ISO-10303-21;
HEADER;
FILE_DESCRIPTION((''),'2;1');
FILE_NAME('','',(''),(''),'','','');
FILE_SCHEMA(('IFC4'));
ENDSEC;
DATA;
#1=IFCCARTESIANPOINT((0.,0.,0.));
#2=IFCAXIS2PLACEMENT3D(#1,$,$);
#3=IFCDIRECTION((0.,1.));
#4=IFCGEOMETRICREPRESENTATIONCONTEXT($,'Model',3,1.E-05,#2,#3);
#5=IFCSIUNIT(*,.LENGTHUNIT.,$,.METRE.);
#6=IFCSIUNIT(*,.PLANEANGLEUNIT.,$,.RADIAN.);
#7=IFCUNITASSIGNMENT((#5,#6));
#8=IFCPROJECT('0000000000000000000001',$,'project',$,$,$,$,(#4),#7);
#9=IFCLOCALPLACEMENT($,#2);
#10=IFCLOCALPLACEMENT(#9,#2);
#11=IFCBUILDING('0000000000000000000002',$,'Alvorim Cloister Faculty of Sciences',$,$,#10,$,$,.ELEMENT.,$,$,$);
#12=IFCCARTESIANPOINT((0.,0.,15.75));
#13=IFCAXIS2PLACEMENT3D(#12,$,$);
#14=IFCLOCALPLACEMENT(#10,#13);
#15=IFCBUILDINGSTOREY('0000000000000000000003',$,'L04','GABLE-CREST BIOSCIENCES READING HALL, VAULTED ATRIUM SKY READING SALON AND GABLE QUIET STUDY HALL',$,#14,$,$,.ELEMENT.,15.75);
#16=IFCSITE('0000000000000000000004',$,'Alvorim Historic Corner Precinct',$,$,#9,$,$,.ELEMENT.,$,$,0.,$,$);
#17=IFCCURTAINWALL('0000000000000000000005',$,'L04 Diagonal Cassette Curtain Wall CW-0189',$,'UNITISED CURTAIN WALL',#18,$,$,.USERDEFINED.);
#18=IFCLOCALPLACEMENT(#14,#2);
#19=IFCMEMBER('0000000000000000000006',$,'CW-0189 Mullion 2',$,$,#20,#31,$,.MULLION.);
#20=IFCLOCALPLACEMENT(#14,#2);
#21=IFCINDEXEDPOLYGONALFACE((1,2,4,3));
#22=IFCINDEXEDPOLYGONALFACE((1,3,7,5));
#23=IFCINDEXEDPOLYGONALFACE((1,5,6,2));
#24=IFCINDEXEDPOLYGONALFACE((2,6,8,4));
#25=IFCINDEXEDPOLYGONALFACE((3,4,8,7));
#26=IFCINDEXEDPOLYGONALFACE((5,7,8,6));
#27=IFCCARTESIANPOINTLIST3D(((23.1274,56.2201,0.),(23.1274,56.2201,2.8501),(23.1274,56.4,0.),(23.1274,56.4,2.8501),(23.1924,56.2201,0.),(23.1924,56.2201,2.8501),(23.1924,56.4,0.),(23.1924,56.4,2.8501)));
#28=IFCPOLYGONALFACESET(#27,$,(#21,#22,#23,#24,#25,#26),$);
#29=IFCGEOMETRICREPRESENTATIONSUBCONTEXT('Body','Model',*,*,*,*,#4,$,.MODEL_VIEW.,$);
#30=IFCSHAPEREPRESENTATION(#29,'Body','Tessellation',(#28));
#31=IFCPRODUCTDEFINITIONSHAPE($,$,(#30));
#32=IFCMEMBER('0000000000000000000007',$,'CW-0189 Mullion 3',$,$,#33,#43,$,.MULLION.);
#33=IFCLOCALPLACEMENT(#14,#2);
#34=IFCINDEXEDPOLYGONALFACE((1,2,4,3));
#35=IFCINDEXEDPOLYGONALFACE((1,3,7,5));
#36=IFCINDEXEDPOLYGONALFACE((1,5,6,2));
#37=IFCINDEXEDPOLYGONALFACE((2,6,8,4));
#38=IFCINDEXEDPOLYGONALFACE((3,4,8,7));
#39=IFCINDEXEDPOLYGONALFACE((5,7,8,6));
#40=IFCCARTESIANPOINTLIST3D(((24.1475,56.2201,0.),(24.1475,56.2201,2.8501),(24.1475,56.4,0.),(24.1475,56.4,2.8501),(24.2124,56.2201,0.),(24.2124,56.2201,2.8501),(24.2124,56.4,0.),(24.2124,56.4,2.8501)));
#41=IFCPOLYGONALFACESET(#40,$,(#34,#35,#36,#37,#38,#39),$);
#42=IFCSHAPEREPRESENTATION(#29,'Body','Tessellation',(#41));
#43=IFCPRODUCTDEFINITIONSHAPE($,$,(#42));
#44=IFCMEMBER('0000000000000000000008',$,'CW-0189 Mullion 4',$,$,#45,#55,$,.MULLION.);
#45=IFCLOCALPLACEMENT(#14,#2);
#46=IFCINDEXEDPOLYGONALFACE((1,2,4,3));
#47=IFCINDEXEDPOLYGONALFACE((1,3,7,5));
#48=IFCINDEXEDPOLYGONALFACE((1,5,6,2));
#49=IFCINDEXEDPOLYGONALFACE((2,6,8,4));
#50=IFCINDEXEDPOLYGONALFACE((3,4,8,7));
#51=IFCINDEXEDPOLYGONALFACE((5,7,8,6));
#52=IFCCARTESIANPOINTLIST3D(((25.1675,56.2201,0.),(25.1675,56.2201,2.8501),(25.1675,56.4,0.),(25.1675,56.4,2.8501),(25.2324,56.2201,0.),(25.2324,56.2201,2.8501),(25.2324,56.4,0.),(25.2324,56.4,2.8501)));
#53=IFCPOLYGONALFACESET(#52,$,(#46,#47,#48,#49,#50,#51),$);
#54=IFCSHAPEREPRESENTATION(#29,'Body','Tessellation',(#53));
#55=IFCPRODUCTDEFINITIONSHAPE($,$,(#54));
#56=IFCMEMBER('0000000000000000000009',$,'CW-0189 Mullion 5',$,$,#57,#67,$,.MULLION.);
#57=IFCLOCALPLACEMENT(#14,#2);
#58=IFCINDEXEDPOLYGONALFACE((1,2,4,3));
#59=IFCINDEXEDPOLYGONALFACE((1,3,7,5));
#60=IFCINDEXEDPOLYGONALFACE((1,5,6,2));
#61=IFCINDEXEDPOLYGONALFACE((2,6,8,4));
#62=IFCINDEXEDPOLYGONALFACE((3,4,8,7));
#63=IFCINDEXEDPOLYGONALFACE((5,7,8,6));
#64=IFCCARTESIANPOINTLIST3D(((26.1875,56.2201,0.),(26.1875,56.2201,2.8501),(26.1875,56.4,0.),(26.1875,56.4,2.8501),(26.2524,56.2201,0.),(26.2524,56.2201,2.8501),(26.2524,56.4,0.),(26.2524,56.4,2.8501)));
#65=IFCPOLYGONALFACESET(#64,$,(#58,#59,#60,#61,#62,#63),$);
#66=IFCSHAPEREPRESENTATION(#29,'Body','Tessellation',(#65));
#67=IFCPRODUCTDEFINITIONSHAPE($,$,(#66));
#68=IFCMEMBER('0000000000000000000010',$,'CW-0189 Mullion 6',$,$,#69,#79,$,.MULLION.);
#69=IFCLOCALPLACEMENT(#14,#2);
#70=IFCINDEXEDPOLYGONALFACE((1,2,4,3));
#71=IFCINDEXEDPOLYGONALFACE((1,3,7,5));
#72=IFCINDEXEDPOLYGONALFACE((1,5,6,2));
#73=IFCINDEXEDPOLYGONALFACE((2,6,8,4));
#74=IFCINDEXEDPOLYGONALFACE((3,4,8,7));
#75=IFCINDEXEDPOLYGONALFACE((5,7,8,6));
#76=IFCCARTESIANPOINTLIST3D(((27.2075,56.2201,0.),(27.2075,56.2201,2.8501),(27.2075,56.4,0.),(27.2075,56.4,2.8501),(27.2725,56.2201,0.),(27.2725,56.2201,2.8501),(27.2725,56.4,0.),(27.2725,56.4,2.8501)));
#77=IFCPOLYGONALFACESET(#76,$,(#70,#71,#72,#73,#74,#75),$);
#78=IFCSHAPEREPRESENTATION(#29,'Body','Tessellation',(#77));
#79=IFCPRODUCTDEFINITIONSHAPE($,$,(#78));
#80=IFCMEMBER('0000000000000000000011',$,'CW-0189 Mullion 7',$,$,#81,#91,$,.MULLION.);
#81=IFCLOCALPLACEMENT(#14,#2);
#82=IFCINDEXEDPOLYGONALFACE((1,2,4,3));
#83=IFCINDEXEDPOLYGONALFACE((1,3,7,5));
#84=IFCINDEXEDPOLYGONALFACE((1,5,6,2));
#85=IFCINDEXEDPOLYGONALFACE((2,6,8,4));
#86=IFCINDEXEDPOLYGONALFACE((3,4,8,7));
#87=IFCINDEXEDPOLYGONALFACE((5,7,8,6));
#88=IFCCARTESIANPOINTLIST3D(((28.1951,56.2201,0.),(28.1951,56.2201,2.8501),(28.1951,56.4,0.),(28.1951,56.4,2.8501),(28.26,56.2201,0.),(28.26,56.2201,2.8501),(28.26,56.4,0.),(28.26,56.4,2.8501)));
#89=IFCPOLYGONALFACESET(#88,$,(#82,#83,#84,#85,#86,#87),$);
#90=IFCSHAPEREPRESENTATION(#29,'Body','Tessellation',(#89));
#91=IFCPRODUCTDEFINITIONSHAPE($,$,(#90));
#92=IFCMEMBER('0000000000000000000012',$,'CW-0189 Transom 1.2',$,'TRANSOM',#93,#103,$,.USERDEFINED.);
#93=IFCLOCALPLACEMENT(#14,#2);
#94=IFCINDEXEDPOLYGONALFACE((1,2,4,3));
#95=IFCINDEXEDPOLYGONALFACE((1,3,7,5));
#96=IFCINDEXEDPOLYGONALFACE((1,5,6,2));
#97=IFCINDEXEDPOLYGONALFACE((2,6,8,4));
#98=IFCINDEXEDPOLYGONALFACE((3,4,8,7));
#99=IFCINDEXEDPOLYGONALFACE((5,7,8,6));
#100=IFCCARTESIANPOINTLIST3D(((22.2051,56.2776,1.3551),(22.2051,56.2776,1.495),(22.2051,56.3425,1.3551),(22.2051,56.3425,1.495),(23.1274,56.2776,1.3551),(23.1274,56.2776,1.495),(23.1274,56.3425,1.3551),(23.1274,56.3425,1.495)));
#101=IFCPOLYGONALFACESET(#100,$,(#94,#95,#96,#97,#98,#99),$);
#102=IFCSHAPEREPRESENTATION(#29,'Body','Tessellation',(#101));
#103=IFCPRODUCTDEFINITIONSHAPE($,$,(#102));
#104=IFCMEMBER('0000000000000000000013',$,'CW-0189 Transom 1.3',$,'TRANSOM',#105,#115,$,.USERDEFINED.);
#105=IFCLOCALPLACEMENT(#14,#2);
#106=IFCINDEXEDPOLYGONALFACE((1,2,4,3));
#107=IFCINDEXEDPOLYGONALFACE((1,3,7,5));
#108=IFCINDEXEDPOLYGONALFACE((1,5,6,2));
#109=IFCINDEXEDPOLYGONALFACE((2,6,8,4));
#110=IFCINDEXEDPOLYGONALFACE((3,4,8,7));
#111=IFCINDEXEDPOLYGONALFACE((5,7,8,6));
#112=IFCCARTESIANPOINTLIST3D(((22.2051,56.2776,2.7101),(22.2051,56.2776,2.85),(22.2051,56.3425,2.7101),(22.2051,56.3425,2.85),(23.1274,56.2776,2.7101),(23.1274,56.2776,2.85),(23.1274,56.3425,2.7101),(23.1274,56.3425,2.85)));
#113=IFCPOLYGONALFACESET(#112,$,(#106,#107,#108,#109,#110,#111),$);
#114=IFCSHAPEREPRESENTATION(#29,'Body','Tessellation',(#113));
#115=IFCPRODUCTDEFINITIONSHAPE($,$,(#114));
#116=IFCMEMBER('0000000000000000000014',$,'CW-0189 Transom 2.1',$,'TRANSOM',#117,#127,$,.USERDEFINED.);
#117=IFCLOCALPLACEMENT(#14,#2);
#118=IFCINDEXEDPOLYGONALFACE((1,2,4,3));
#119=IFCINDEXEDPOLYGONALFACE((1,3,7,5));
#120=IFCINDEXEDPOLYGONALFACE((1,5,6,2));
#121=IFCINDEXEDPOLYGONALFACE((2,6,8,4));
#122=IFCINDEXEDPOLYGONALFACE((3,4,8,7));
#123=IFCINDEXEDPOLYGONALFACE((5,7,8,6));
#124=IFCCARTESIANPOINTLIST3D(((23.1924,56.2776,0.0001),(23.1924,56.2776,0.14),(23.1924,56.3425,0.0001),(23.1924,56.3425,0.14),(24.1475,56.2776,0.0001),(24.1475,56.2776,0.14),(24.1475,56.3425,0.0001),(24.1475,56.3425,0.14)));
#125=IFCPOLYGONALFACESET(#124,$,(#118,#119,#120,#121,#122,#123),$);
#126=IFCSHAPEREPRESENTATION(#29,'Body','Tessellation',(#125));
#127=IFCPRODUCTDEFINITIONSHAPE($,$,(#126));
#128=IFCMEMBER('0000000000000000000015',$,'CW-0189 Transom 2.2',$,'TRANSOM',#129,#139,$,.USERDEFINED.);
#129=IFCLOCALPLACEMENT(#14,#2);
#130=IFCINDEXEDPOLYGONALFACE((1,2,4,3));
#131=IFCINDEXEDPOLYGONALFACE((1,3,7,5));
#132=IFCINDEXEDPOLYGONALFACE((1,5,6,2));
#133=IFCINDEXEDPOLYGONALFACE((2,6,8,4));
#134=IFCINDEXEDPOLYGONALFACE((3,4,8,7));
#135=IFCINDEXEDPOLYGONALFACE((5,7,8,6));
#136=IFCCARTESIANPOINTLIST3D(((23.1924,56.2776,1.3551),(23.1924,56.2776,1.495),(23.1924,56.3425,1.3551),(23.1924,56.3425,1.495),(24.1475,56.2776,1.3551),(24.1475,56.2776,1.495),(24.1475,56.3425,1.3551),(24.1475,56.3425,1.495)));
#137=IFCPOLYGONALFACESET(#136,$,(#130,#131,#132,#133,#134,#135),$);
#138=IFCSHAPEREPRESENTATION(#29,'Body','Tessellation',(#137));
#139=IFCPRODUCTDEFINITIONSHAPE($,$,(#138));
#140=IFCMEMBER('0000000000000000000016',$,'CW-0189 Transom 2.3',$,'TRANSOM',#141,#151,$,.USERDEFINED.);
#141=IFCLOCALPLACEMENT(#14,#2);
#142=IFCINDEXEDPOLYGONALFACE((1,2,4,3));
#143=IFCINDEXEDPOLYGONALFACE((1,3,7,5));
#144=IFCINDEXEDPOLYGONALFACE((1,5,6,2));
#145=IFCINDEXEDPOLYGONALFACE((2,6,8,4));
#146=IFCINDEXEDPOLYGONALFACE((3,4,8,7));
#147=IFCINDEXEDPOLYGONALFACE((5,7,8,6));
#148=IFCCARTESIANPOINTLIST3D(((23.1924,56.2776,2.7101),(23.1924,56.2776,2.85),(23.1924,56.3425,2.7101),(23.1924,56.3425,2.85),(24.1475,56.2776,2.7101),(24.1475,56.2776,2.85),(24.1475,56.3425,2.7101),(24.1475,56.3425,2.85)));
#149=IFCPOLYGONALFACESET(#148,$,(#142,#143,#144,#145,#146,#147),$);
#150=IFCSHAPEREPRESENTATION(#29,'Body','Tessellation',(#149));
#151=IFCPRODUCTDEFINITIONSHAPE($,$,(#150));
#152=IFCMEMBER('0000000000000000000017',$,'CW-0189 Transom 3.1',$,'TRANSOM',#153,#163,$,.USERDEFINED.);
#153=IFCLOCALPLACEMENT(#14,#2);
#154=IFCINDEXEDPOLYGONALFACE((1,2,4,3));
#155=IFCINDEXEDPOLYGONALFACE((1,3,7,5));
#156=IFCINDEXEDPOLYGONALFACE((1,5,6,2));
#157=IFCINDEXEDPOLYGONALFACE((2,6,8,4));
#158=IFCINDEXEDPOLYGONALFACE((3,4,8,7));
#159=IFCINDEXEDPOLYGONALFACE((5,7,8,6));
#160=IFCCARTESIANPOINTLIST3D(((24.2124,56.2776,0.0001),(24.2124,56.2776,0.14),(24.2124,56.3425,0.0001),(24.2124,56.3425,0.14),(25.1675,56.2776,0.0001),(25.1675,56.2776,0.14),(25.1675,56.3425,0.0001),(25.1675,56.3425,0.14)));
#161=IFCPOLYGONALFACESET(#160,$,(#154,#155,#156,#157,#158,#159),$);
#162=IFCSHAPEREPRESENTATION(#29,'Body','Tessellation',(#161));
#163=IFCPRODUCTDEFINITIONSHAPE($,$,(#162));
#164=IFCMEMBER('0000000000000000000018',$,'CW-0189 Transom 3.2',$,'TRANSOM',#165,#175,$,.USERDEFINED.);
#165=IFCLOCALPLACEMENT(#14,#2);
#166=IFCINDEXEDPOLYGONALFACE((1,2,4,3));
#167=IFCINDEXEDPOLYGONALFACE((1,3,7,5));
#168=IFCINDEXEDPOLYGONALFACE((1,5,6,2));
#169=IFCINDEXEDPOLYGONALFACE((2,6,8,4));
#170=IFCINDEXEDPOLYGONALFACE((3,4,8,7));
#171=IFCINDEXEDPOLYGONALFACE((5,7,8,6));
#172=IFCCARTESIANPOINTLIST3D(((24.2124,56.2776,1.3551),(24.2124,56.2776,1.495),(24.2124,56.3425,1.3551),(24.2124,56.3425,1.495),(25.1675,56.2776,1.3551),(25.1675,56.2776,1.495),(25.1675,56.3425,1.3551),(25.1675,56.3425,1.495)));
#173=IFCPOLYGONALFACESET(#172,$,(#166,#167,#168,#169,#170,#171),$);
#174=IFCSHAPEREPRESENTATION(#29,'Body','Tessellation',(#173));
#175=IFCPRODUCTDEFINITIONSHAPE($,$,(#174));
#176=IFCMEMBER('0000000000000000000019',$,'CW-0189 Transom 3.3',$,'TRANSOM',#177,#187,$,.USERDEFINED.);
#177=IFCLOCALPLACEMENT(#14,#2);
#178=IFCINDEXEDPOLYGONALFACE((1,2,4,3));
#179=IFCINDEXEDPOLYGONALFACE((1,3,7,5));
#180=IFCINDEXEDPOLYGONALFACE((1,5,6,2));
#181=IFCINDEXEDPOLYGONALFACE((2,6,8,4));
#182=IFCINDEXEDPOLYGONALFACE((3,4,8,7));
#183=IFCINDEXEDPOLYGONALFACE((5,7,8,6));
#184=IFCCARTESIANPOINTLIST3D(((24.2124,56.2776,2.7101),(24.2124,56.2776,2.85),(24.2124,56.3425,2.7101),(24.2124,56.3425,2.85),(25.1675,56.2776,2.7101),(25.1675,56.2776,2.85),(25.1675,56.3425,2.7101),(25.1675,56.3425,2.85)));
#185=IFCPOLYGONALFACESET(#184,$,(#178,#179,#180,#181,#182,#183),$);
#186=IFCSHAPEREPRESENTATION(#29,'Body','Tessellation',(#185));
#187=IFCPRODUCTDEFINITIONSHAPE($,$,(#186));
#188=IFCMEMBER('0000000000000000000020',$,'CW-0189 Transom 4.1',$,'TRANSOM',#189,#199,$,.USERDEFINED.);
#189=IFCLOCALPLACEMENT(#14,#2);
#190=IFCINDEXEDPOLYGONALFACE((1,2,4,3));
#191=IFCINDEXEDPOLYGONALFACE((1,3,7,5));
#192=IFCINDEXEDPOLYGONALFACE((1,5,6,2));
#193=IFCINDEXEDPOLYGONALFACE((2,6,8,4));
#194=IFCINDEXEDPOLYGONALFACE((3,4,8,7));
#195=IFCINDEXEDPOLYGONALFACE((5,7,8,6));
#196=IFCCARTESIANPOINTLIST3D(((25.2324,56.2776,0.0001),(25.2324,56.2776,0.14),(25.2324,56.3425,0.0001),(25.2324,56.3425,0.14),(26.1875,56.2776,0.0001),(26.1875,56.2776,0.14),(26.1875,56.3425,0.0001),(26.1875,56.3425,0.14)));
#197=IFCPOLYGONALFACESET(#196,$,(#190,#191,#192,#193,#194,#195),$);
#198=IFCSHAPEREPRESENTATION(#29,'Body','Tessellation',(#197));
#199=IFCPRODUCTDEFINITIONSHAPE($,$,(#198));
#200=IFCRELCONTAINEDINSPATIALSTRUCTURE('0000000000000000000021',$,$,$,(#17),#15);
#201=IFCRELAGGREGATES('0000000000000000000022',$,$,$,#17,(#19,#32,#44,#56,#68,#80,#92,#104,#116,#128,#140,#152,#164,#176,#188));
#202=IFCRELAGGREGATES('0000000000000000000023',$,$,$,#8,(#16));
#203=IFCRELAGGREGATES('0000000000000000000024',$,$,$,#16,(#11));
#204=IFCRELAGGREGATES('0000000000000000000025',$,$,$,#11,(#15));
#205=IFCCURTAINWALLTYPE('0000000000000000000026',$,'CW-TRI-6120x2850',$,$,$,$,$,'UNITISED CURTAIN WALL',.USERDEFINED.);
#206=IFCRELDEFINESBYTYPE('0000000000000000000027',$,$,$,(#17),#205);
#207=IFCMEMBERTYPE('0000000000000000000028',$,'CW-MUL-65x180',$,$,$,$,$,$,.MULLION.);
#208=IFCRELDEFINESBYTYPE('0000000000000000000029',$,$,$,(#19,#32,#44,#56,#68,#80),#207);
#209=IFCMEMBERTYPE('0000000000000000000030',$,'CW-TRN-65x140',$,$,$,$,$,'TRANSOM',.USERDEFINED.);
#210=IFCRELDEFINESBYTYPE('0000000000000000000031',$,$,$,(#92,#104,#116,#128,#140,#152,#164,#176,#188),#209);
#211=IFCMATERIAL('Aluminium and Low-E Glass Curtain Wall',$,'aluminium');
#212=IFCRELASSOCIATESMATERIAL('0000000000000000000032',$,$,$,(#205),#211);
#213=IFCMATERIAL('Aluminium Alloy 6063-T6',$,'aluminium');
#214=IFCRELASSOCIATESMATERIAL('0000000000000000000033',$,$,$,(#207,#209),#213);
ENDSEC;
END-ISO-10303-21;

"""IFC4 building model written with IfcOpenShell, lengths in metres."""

from ifc_helpers import new_model, si_unit, direction, frame, origin, origin_2d, place, context, subcontext, project, spatial, rectangle, extrude, material, material_profile, profile_set, type_object, element, aggregate, save


model = new_model("IFC4")

# Units and contexts
model_context = context("Model", 3, precision=1e-05, world=origin(), true_north=direction((0.0, 1.0)))
body_context = subcontext(model_context, "Body", "Model", "MODEL_VIEW")
ifc_project = project(units=[si_unit("LENGTHUNIT", "METRE"), si_unit("PLANEANGLEUNIT", "RADIAN")], contexts=[model_context])

# Site, building, storey
site_placement = place(None, origin())
site = spatial("IfcSite", under=ifc_project, at=site_placement, Name="Alvorim Historic Corner Precinct", CompositionType="ELEMENT", RefElevation=0.0)
building_placement = place(site_placement, origin())
building = spatial("IfcBuilding", under=site, at=building_placement, Name="Alvorim Cloister Faculty of Sciences", CompositionType="ELEMENT")
storey_placement = place(building_placement, frame((0.0, 0.0, 15.75)))
storey = spatial("IfcBuildingStorey", under=building, at=storey_placement, Name="L04", Description="GABLE-CREST BIOSCIENCES READING HALL, VAULTED ATRIUM SKY READING SALON AND GABLE QUIET STUDY HALL", CompositionType="ELEMENT", Elevation=15.75)

# Curtain wall, members
ifc_material_1 = material(Name="Aluminium and Low-E Glass Curtain Wall", Category="aluminium")
curtain_wall_type = type_object("IfcCurtainWallType", Name="CW-TRI-6120x2850", ElementType="UNITISED CURTAIN WALL", PredefinedType="USERDEFINED", material=ifc_material_1)
curtain_wall_placement = place(storey_placement, origin())
curtain_wall = element("IfcCurtainWall", 1, at=curtain_wall_placement, inside=storey, type_object=curtain_wall_type, Name="L04 Diagonal Cassette Curtain Wall CW-0189", ObjectType="UNITISED CURTAIN WALL", PredefinedType="USERDEFINED")
ifc_material_2 = material(Name="Aluminium Alloy 6063-T6", Category="aluminium")
ifc_material_profile_1 = material_profile(ifc_material_2, rectangle(XDim=0.0649, YDim=0.1799, at=origin_2d()), Name="ALU-MUL-65x180")
ifc_profile_set_1 = profile_set([ifc_material_profile_1], Name="Aluminium Alloy 6063-T6")
member_type_1 = type_object("IfcMemberType", Name="CW-MUL-65x180", PredefinedType="MULLION", material=ifc_profile_set_1)
member_1_placement = place(storey_placement, frame((23.1599, 56.3101, 0.0), z_axis=(0.0, 0.0, 1.0), x_axis=(1.0, 0.0, 0.0)))
member_1 = element("IfcMember", 2, at=member_1_placement, type_object=member_type_1, Name="CW-0189 Mullion 2", PredefinedType="MULLION", context=body_context, shape_type="SweptSolid", body=[
    extrude(rectangle(XDim=0.0649, YDim=0.1799, at=origin_2d()), origin(), (0.0, 0.0, 1.0), 2.8501),
])
member_2_placement = place(storey_placement, frame((24.1799, 56.3101, 0.0), z_axis=(0.0, 0.0, 1.0), x_axis=(1.0, 0.0, 0.0)))
member_2 = element("IfcMember", 3, at=member_2_placement, type_object=member_type_1, Name="CW-0189 Mullion 3", PredefinedType="MULLION", context=body_context, shape_type="SweptSolid", body=[
    extrude(rectangle(XDim=0.0649, YDim=0.1799, at=origin_2d()), origin(), (0.0, 0.0, 1.0), 2.8501),
])
member_3_placement = place(storey_placement, frame((25.2, 56.3101, 0.0), z_axis=(0.0, 0.0, 1.0), x_axis=(1.0, 0.0, 0.0)))
member_3 = element("IfcMember", 4, at=member_3_placement, type_object=member_type_1, Name="CW-0189 Mullion 4", PredefinedType="MULLION", context=body_context, shape_type="SweptSolid", body=[
    extrude(rectangle(XDim=0.0649, YDim=0.1799, at=origin_2d()), origin(), (0.0, 0.0, 1.0), 2.8501),
])
member_4_placement = place(storey_placement, frame((26.22, 56.3101, 0.0), z_axis=(0.0, 0.0, 1.0), x_axis=(1.0, 0.0, 0.0)))
member_4 = element("IfcMember", 5, at=member_4_placement, type_object=member_type_1, Name="CW-0189 Mullion 5", PredefinedType="MULLION", context=body_context, shape_type="SweptSolid", body=[
    extrude(rectangle(XDim=0.0649, YDim=0.1799, at=origin_2d()), origin(), (0.0, 0.0, 1.0), 2.8501),
])
member_5_placement = place(storey_placement, frame((27.24, 56.3101, 0.0), z_axis=(0.0, 0.0, 1.0), x_axis=(1.0, 0.0, 0.0)))
member_5 = element("IfcMember", 6, at=member_5_placement, type_object=member_type_1, Name="CW-0189 Mullion 6", PredefinedType="MULLION", context=body_context, shape_type="SweptSolid", body=[
    extrude(rectangle(XDim=0.0649, YDim=0.1799, at=origin_2d()), origin(), (0.0, 0.0, 1.0), 2.8501),
])
member_6_placement = place(storey_placement, frame((28.2275, 56.3101, 0.0), z_axis=(0.0, 0.0, 1.0), x_axis=(1.0, 0.0, 0.0)))
member_6 = element("IfcMember", 7, at=member_6_placement, type_object=member_type_1, Name="CW-0189 Mullion 7", PredefinedType="MULLION", context=body_context, shape_type="SweptSolid", body=[
    extrude(rectangle(XDim=0.0649, YDim=0.1799, at=origin_2d()), origin(), (0.0, 0.0, 1.0), 2.8501),
])
ifc_material_profile_2 = material_profile(ifc_material_2, rectangle(XDim=0.0649, YDim=0.1399, at=origin_2d()), Name="ALU-TRN-65x140")
ifc_profile_set_2 = profile_set([ifc_material_profile_2], Name="Aluminium Alloy 6063-T6")
member_type_2 = type_object("IfcMemberType", Name="CW-TRN-65x140", ElementType="TRANSOM", PredefinedType="USERDEFINED", material=ifc_profile_set_2)
member_7_placement = place(storey_placement, frame((22.2051, 56.3101, 1.425), z_axis=(1.0, 0.0, 0.0), x_axis=(0.0, 1.0, 0.0)))
member_7 = element("IfcMember", 8, at=member_7_placement, type_object=member_type_2, Name="CW-0189 Transom 1.2", ObjectType="TRANSOM", PredefinedType="USERDEFINED", context=body_context, shape_type="SweptSolid", body=[
    extrude(rectangle(XDim=0.0649, YDim=0.1399, at=origin_2d()), origin(), (0.0, 0.0, 1.0), 0.9224),
])
member_8_placement = place(storey_placement, frame((22.2051, 56.3101, 2.78), z_axis=(1.0, 0.0, 0.0), x_axis=(0.0, 1.0, 0.0)))
member_8 = element("IfcMember", 9, at=member_8_placement, type_object=member_type_2, Name="CW-0189 Transom 1.3", ObjectType="TRANSOM", PredefinedType="USERDEFINED", context=body_context, shape_type="SweptSolid", body=[
    extrude(rectangle(XDim=0.0649, YDim=0.1399, at=origin_2d()), origin(), (0.0, 0.0, 1.0), 0.9224),
])
member_9_placement = place(storey_placement, frame((23.1924, 56.3101, 0.0701), z_axis=(1.0, 0.0, 0.0), x_axis=(0.0, 1.0, 0.0)))
member_9 = element("IfcMember", 10, at=member_9_placement, type_object=member_type_2, Name="CW-0189 Transom 2.1", ObjectType="TRANSOM", PredefinedType="USERDEFINED", context=body_context, shape_type="SweptSolid", body=[
    extrude(rectangle(XDim=0.0649, YDim=0.1399, at=origin_2d()), origin(), (0.0, 0.0, 1.0), 0.9551),
])
member_10_placement = place(storey_placement, frame((23.1924, 56.3101, 1.425), z_axis=(1.0, 0.0, 0.0), x_axis=(0.0, 1.0, 0.0)))
member_10 = element("IfcMember", 11, at=member_10_placement, type_object=member_type_2, Name="CW-0189 Transom 2.2", ObjectType="TRANSOM", PredefinedType="USERDEFINED", context=body_context, shape_type="SweptSolid", body=[
    extrude(rectangle(XDim=0.0649, YDim=0.1399, at=origin_2d()), origin(), (0.0, 0.0, 1.0), 0.9551),
])
member_11_placement = place(storey_placement, frame((23.1924, 56.3101, 2.78), z_axis=(1.0, 0.0, 0.0), x_axis=(0.0, 1.0, 0.0)))
member_11 = element("IfcMember", 12, at=member_11_placement, type_object=member_type_2, Name="CW-0189 Transom 2.3", ObjectType="TRANSOM", PredefinedType="USERDEFINED", context=body_context, shape_type="SweptSolid", body=[
    extrude(rectangle(XDim=0.0649, YDim=0.1399, at=origin_2d()), origin(), (0.0, 0.0, 1.0), 0.9551),
])
member_12_placement = place(storey_placement, frame((24.2124, 56.3101, 0.0701), z_axis=(1.0, 0.0, 0.0), x_axis=(0.0, 1.0, 0.0)))
member_12 = element("IfcMember", 13, at=member_12_placement, type_object=member_type_2, Name="CW-0189 Transom 3.1", ObjectType="TRANSOM", PredefinedType="USERDEFINED", context=body_context, shape_type="SweptSolid", body=[
    extrude(rectangle(XDim=0.0649, YDim=0.1399, at=origin_2d()), origin(), (0.0, 0.0, 1.0), 0.9551),
])
member_13_placement = place(storey_placement, frame((24.2124, 56.3101, 1.425), z_axis=(1.0, 0.0, 0.0), x_axis=(0.0, 1.0, 0.0)))
member_13 = element("IfcMember", 14, at=member_13_placement, type_object=member_type_2, Name="CW-0189 Transom 3.2", ObjectType="TRANSOM", PredefinedType="USERDEFINED", context=body_context, shape_type="SweptSolid", body=[
    extrude(rectangle(XDim=0.0649, YDim=0.1399, at=origin_2d()), origin(), (0.0, 0.0, 1.0), 0.9551),
])
member_14_placement = place(storey_placement, frame((24.2124, 56.3101, 2.78), z_axis=(1.0, 0.0, 0.0), x_axis=(0.0, 1.0, 0.0)))
member_14 = element("IfcMember", 15, at=member_14_placement, type_object=member_type_2, Name="CW-0189 Transom 3.3", ObjectType="TRANSOM", PredefinedType="USERDEFINED", context=body_context, shape_type="SweptSolid", body=[
    extrude(rectangle(XDim=0.0649, YDim=0.1399, at=origin_2d()), origin(), (0.0, 0.0, 1.0), 0.9551),
])
member_15_placement = place(storey_placement, frame((25.2324, 56.3101, 0.0701), z_axis=(1.0, 0.0, 0.0), x_axis=(0.0, 1.0, 0.0)))
member_15 = element("IfcMember", 16, at=member_15_placement, type_object=member_type_2, Name="CW-0189 Transom 4.1", ObjectType="TRANSOM", PredefinedType="USERDEFINED", context=body_context, shape_type="SweptSolid", body=[
    extrude(rectangle(XDim=0.0649, YDim=0.1399, at=origin_2d()), origin(), (0.0, 0.0, 1.0), 0.9551),
])
aggregate(curtain_wall, [member_1, member_2, member_3, member_4, member_5, member_6, member_7, member_8, member_9, member_10, member_11, member_12, member_13, member_14, member_15])

save(model, "model.ifc")
